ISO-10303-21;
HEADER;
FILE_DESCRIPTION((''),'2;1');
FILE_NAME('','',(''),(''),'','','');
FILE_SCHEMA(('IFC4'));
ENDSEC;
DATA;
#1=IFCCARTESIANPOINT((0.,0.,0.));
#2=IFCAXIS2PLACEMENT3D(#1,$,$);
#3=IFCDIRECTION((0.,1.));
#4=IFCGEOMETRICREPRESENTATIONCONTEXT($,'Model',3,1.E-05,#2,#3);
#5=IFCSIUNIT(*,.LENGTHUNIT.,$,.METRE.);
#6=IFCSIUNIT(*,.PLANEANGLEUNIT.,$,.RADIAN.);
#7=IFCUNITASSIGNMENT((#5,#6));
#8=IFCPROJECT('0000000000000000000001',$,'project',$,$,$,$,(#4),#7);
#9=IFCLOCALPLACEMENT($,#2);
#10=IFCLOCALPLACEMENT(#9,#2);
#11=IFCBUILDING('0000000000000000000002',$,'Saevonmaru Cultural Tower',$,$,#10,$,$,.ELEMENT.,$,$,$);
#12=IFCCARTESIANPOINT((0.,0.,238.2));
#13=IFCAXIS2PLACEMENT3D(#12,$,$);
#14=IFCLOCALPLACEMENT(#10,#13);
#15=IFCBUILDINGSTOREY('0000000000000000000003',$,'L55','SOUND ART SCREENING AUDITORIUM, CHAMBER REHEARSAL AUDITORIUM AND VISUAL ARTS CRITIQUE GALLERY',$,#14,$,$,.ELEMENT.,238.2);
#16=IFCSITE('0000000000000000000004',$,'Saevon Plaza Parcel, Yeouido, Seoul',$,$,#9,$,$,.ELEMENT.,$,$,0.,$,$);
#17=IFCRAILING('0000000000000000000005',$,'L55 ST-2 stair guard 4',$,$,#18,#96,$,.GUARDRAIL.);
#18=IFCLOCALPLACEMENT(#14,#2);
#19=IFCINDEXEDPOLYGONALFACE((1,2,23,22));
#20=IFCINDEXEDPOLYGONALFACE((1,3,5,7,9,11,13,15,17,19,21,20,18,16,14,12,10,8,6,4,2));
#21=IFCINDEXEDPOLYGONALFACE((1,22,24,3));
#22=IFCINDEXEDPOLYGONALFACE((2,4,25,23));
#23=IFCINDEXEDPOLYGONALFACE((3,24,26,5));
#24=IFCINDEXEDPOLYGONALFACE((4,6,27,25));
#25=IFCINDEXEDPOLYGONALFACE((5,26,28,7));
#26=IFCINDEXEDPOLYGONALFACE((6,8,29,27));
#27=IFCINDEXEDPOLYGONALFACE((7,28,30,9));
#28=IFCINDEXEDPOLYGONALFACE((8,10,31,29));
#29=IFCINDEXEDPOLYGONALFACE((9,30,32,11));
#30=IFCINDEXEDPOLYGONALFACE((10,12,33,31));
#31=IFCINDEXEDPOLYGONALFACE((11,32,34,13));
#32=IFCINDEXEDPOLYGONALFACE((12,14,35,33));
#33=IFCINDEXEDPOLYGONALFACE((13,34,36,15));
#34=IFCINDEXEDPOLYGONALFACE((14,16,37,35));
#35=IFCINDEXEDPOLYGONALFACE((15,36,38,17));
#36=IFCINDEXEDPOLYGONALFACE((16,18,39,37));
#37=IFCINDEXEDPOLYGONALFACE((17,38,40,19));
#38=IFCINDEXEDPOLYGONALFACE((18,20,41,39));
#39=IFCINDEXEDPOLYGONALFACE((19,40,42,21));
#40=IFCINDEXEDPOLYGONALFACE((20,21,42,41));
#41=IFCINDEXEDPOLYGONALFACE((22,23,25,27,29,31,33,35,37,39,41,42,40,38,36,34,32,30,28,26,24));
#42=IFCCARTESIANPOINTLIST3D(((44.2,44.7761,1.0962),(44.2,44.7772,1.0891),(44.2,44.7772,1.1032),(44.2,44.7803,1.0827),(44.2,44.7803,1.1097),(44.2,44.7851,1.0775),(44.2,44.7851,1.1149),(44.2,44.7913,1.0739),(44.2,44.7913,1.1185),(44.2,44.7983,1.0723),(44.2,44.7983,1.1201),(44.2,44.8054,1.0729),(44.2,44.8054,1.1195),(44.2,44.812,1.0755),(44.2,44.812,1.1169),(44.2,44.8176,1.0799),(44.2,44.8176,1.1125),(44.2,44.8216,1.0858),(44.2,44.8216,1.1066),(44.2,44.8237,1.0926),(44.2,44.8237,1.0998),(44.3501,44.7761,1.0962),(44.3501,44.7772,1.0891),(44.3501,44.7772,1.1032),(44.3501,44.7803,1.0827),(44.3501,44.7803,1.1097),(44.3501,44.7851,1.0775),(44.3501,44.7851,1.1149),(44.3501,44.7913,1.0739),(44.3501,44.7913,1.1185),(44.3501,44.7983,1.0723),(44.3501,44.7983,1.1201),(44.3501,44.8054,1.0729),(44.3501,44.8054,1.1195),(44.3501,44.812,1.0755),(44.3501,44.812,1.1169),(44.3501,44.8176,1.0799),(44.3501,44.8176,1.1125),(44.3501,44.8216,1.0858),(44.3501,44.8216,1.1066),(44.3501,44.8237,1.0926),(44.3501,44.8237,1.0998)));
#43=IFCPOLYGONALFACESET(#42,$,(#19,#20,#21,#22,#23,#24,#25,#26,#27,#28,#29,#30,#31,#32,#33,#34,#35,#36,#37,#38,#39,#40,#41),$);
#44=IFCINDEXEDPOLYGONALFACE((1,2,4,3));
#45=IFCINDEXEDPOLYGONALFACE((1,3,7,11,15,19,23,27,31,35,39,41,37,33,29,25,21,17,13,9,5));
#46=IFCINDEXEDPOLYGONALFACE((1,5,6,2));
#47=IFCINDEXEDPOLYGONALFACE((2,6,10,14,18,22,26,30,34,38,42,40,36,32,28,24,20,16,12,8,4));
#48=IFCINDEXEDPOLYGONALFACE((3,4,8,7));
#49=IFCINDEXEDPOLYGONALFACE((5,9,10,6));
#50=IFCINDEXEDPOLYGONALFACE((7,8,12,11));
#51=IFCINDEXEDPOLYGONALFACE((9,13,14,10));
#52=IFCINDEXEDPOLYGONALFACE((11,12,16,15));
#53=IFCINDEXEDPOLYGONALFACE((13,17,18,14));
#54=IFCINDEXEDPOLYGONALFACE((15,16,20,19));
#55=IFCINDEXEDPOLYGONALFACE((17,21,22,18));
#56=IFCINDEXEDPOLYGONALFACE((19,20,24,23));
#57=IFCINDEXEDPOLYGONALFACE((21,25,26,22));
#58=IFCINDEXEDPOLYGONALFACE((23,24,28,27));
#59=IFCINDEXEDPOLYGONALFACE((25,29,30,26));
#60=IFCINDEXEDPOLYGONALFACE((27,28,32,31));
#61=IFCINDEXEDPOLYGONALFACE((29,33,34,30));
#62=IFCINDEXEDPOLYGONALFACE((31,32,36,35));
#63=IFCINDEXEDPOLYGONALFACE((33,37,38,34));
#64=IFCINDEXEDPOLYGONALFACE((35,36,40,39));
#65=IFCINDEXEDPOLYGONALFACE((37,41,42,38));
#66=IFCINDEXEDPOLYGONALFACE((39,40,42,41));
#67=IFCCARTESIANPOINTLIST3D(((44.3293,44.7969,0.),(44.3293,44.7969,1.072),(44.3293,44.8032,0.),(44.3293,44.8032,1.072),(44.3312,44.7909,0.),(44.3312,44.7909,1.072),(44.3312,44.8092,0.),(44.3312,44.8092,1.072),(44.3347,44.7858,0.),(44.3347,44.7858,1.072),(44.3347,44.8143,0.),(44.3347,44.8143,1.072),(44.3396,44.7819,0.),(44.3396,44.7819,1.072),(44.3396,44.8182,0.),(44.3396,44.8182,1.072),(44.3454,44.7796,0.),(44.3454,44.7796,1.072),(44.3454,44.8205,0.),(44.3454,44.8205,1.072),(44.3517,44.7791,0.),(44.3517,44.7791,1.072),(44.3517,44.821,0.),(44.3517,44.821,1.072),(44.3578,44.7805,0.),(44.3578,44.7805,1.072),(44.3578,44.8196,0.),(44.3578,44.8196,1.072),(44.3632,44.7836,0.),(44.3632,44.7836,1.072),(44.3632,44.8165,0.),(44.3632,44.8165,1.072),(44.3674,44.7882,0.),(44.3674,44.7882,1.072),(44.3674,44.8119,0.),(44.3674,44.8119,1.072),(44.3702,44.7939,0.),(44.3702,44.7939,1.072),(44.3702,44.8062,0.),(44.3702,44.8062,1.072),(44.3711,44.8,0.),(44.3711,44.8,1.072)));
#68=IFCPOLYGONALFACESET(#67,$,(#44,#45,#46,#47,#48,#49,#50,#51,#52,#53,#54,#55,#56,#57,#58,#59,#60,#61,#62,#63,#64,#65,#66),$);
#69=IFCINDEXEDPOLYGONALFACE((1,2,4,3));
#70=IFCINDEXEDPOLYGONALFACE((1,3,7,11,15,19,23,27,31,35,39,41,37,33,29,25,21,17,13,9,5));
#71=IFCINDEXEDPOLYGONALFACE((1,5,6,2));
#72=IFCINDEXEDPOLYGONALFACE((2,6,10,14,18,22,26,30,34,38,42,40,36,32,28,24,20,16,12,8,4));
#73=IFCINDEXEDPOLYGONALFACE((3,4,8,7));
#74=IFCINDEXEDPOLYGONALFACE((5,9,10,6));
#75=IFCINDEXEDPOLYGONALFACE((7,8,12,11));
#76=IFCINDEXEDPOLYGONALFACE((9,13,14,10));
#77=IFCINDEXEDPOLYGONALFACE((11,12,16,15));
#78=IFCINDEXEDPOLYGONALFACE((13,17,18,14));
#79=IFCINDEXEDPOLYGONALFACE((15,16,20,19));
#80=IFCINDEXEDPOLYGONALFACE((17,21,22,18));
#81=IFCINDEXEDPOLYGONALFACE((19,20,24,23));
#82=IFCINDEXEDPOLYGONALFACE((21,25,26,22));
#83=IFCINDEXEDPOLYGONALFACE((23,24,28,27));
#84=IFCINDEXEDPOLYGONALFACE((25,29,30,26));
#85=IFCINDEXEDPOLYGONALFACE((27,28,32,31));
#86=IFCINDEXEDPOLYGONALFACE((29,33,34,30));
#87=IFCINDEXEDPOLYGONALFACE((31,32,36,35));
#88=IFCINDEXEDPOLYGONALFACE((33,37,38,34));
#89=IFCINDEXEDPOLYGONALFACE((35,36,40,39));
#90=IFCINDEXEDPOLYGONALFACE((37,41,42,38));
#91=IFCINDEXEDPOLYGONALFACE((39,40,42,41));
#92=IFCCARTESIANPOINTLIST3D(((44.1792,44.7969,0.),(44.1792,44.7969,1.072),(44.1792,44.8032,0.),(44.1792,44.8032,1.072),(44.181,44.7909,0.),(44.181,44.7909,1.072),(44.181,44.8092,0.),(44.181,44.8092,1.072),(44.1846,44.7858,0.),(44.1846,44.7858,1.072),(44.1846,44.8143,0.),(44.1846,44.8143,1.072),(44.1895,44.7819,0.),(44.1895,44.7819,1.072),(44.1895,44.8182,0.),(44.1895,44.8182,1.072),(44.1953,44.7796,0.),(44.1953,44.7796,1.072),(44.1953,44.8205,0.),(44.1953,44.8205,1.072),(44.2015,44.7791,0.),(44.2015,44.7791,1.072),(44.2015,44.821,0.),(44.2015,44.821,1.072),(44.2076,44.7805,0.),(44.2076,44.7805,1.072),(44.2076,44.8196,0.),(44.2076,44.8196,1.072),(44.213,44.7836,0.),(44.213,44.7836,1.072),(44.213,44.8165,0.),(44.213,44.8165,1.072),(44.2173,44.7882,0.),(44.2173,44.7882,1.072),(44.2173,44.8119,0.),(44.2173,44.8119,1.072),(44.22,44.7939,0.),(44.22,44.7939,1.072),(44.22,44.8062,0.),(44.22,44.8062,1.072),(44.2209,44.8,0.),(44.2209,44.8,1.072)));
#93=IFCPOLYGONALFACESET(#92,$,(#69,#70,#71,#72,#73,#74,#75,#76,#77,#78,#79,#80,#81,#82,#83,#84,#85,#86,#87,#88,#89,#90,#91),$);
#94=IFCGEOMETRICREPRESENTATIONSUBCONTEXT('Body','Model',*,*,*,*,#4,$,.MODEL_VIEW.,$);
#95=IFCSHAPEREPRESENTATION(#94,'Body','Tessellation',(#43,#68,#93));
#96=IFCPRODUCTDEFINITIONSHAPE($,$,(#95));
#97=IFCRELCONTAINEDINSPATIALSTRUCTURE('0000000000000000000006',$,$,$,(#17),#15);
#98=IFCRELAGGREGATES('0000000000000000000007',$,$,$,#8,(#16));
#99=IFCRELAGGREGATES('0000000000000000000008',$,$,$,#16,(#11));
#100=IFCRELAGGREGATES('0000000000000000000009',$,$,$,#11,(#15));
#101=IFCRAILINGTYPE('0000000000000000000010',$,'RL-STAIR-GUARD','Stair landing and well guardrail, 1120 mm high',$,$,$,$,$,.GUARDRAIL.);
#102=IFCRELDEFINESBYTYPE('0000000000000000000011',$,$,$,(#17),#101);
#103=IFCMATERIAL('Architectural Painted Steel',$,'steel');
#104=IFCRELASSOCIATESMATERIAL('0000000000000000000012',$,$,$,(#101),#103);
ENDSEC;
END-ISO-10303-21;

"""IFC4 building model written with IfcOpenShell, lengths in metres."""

from ifc_helpers import new_model, si_unit, direction, frame, origin, origin_2d, place, context, subcontext, project, spatial, circle, extrude, material, type_object, element, save


model = new_model("IFC4")

# Units and contexts
model_context = context("Model", 3, precision=1e-05, world=origin(), true_north=direction((0.0, 1.0)))
body_context = subcontext(model_context, "Body", "Model", "MODEL_VIEW")
ifc_project = project(units=[si_unit("LENGTHUNIT", "METRE"), si_unit("PLANEANGLEUNIT", "RADIAN")], contexts=[model_context])

# Site, building, storey
site_placement = place(None, origin())
site = spatial("IfcSite", under=ifc_project, at=site_placement, Name="Saevon Plaza Parcel, Yeouido, Seoul", CompositionType="ELEMENT", RefElevation=0.0)
building_placement = place(site_placement, origin())
building = spatial("IfcBuilding", under=site, at=building_placement, Name="Saevonmaru Cultural Tower", CompositionType="ELEMENT")
storey_placement = place(building_placement, frame((0.0, 0.0, 238.2)))
storey = spatial("IfcBuildingStorey", under=building, at=storey_placement, Name="L55", Description="SOUND ART SCREENING AUDITORIUM, CHAMBER REHEARSAL AUDITORIUM AND VISUAL ARTS CRITIQUE GALLERY", CompositionType="ELEMENT", Elevation=238.2)

# Railing
ifc_material_1 = material(Name="Architectural Painted Steel", Category="steel")
railing_type_1 = type_object("IfcRailingType", Name="RL-STAIR-GUARD", Description="Stair landing and well guardrail, 1120 mm high", PredefinedType="GUARDRAIL", material=ifc_material_1)
railing_1_placement = place(storey_placement, frame((44.3501, 44.8, 0.0)))
element("IfcRailing", 1, at=railing_1_placement, inside=storey, type_object=railing_type_1, Name="L55 ST-2 stair guard 4", PredefinedType="GUARDRAIL", context=body_context, shape_type="SweptSolid", body=[
    extrude(circle(Radius=0.0239, at=origin_2d()), frame((0.0, 0.0, 1.0962), z_axis=(-1.0, 0.0, 0.0), x_axis=(0.0, -1.0, 0.0)), (0.0, 0.0, 1.0), 0.1501),
    extrude(circle(Radius=0.021, at=origin_2d()), origin(), (0.0, 0.0, 1.0), 1.072),
    extrude(circle(Radius=0.021, at=origin_2d()), frame((-0.1501, 0.0, 0.0)), (0.0, 0.0, 1.0), 1.072),
])

save(model, "model.ifc")
